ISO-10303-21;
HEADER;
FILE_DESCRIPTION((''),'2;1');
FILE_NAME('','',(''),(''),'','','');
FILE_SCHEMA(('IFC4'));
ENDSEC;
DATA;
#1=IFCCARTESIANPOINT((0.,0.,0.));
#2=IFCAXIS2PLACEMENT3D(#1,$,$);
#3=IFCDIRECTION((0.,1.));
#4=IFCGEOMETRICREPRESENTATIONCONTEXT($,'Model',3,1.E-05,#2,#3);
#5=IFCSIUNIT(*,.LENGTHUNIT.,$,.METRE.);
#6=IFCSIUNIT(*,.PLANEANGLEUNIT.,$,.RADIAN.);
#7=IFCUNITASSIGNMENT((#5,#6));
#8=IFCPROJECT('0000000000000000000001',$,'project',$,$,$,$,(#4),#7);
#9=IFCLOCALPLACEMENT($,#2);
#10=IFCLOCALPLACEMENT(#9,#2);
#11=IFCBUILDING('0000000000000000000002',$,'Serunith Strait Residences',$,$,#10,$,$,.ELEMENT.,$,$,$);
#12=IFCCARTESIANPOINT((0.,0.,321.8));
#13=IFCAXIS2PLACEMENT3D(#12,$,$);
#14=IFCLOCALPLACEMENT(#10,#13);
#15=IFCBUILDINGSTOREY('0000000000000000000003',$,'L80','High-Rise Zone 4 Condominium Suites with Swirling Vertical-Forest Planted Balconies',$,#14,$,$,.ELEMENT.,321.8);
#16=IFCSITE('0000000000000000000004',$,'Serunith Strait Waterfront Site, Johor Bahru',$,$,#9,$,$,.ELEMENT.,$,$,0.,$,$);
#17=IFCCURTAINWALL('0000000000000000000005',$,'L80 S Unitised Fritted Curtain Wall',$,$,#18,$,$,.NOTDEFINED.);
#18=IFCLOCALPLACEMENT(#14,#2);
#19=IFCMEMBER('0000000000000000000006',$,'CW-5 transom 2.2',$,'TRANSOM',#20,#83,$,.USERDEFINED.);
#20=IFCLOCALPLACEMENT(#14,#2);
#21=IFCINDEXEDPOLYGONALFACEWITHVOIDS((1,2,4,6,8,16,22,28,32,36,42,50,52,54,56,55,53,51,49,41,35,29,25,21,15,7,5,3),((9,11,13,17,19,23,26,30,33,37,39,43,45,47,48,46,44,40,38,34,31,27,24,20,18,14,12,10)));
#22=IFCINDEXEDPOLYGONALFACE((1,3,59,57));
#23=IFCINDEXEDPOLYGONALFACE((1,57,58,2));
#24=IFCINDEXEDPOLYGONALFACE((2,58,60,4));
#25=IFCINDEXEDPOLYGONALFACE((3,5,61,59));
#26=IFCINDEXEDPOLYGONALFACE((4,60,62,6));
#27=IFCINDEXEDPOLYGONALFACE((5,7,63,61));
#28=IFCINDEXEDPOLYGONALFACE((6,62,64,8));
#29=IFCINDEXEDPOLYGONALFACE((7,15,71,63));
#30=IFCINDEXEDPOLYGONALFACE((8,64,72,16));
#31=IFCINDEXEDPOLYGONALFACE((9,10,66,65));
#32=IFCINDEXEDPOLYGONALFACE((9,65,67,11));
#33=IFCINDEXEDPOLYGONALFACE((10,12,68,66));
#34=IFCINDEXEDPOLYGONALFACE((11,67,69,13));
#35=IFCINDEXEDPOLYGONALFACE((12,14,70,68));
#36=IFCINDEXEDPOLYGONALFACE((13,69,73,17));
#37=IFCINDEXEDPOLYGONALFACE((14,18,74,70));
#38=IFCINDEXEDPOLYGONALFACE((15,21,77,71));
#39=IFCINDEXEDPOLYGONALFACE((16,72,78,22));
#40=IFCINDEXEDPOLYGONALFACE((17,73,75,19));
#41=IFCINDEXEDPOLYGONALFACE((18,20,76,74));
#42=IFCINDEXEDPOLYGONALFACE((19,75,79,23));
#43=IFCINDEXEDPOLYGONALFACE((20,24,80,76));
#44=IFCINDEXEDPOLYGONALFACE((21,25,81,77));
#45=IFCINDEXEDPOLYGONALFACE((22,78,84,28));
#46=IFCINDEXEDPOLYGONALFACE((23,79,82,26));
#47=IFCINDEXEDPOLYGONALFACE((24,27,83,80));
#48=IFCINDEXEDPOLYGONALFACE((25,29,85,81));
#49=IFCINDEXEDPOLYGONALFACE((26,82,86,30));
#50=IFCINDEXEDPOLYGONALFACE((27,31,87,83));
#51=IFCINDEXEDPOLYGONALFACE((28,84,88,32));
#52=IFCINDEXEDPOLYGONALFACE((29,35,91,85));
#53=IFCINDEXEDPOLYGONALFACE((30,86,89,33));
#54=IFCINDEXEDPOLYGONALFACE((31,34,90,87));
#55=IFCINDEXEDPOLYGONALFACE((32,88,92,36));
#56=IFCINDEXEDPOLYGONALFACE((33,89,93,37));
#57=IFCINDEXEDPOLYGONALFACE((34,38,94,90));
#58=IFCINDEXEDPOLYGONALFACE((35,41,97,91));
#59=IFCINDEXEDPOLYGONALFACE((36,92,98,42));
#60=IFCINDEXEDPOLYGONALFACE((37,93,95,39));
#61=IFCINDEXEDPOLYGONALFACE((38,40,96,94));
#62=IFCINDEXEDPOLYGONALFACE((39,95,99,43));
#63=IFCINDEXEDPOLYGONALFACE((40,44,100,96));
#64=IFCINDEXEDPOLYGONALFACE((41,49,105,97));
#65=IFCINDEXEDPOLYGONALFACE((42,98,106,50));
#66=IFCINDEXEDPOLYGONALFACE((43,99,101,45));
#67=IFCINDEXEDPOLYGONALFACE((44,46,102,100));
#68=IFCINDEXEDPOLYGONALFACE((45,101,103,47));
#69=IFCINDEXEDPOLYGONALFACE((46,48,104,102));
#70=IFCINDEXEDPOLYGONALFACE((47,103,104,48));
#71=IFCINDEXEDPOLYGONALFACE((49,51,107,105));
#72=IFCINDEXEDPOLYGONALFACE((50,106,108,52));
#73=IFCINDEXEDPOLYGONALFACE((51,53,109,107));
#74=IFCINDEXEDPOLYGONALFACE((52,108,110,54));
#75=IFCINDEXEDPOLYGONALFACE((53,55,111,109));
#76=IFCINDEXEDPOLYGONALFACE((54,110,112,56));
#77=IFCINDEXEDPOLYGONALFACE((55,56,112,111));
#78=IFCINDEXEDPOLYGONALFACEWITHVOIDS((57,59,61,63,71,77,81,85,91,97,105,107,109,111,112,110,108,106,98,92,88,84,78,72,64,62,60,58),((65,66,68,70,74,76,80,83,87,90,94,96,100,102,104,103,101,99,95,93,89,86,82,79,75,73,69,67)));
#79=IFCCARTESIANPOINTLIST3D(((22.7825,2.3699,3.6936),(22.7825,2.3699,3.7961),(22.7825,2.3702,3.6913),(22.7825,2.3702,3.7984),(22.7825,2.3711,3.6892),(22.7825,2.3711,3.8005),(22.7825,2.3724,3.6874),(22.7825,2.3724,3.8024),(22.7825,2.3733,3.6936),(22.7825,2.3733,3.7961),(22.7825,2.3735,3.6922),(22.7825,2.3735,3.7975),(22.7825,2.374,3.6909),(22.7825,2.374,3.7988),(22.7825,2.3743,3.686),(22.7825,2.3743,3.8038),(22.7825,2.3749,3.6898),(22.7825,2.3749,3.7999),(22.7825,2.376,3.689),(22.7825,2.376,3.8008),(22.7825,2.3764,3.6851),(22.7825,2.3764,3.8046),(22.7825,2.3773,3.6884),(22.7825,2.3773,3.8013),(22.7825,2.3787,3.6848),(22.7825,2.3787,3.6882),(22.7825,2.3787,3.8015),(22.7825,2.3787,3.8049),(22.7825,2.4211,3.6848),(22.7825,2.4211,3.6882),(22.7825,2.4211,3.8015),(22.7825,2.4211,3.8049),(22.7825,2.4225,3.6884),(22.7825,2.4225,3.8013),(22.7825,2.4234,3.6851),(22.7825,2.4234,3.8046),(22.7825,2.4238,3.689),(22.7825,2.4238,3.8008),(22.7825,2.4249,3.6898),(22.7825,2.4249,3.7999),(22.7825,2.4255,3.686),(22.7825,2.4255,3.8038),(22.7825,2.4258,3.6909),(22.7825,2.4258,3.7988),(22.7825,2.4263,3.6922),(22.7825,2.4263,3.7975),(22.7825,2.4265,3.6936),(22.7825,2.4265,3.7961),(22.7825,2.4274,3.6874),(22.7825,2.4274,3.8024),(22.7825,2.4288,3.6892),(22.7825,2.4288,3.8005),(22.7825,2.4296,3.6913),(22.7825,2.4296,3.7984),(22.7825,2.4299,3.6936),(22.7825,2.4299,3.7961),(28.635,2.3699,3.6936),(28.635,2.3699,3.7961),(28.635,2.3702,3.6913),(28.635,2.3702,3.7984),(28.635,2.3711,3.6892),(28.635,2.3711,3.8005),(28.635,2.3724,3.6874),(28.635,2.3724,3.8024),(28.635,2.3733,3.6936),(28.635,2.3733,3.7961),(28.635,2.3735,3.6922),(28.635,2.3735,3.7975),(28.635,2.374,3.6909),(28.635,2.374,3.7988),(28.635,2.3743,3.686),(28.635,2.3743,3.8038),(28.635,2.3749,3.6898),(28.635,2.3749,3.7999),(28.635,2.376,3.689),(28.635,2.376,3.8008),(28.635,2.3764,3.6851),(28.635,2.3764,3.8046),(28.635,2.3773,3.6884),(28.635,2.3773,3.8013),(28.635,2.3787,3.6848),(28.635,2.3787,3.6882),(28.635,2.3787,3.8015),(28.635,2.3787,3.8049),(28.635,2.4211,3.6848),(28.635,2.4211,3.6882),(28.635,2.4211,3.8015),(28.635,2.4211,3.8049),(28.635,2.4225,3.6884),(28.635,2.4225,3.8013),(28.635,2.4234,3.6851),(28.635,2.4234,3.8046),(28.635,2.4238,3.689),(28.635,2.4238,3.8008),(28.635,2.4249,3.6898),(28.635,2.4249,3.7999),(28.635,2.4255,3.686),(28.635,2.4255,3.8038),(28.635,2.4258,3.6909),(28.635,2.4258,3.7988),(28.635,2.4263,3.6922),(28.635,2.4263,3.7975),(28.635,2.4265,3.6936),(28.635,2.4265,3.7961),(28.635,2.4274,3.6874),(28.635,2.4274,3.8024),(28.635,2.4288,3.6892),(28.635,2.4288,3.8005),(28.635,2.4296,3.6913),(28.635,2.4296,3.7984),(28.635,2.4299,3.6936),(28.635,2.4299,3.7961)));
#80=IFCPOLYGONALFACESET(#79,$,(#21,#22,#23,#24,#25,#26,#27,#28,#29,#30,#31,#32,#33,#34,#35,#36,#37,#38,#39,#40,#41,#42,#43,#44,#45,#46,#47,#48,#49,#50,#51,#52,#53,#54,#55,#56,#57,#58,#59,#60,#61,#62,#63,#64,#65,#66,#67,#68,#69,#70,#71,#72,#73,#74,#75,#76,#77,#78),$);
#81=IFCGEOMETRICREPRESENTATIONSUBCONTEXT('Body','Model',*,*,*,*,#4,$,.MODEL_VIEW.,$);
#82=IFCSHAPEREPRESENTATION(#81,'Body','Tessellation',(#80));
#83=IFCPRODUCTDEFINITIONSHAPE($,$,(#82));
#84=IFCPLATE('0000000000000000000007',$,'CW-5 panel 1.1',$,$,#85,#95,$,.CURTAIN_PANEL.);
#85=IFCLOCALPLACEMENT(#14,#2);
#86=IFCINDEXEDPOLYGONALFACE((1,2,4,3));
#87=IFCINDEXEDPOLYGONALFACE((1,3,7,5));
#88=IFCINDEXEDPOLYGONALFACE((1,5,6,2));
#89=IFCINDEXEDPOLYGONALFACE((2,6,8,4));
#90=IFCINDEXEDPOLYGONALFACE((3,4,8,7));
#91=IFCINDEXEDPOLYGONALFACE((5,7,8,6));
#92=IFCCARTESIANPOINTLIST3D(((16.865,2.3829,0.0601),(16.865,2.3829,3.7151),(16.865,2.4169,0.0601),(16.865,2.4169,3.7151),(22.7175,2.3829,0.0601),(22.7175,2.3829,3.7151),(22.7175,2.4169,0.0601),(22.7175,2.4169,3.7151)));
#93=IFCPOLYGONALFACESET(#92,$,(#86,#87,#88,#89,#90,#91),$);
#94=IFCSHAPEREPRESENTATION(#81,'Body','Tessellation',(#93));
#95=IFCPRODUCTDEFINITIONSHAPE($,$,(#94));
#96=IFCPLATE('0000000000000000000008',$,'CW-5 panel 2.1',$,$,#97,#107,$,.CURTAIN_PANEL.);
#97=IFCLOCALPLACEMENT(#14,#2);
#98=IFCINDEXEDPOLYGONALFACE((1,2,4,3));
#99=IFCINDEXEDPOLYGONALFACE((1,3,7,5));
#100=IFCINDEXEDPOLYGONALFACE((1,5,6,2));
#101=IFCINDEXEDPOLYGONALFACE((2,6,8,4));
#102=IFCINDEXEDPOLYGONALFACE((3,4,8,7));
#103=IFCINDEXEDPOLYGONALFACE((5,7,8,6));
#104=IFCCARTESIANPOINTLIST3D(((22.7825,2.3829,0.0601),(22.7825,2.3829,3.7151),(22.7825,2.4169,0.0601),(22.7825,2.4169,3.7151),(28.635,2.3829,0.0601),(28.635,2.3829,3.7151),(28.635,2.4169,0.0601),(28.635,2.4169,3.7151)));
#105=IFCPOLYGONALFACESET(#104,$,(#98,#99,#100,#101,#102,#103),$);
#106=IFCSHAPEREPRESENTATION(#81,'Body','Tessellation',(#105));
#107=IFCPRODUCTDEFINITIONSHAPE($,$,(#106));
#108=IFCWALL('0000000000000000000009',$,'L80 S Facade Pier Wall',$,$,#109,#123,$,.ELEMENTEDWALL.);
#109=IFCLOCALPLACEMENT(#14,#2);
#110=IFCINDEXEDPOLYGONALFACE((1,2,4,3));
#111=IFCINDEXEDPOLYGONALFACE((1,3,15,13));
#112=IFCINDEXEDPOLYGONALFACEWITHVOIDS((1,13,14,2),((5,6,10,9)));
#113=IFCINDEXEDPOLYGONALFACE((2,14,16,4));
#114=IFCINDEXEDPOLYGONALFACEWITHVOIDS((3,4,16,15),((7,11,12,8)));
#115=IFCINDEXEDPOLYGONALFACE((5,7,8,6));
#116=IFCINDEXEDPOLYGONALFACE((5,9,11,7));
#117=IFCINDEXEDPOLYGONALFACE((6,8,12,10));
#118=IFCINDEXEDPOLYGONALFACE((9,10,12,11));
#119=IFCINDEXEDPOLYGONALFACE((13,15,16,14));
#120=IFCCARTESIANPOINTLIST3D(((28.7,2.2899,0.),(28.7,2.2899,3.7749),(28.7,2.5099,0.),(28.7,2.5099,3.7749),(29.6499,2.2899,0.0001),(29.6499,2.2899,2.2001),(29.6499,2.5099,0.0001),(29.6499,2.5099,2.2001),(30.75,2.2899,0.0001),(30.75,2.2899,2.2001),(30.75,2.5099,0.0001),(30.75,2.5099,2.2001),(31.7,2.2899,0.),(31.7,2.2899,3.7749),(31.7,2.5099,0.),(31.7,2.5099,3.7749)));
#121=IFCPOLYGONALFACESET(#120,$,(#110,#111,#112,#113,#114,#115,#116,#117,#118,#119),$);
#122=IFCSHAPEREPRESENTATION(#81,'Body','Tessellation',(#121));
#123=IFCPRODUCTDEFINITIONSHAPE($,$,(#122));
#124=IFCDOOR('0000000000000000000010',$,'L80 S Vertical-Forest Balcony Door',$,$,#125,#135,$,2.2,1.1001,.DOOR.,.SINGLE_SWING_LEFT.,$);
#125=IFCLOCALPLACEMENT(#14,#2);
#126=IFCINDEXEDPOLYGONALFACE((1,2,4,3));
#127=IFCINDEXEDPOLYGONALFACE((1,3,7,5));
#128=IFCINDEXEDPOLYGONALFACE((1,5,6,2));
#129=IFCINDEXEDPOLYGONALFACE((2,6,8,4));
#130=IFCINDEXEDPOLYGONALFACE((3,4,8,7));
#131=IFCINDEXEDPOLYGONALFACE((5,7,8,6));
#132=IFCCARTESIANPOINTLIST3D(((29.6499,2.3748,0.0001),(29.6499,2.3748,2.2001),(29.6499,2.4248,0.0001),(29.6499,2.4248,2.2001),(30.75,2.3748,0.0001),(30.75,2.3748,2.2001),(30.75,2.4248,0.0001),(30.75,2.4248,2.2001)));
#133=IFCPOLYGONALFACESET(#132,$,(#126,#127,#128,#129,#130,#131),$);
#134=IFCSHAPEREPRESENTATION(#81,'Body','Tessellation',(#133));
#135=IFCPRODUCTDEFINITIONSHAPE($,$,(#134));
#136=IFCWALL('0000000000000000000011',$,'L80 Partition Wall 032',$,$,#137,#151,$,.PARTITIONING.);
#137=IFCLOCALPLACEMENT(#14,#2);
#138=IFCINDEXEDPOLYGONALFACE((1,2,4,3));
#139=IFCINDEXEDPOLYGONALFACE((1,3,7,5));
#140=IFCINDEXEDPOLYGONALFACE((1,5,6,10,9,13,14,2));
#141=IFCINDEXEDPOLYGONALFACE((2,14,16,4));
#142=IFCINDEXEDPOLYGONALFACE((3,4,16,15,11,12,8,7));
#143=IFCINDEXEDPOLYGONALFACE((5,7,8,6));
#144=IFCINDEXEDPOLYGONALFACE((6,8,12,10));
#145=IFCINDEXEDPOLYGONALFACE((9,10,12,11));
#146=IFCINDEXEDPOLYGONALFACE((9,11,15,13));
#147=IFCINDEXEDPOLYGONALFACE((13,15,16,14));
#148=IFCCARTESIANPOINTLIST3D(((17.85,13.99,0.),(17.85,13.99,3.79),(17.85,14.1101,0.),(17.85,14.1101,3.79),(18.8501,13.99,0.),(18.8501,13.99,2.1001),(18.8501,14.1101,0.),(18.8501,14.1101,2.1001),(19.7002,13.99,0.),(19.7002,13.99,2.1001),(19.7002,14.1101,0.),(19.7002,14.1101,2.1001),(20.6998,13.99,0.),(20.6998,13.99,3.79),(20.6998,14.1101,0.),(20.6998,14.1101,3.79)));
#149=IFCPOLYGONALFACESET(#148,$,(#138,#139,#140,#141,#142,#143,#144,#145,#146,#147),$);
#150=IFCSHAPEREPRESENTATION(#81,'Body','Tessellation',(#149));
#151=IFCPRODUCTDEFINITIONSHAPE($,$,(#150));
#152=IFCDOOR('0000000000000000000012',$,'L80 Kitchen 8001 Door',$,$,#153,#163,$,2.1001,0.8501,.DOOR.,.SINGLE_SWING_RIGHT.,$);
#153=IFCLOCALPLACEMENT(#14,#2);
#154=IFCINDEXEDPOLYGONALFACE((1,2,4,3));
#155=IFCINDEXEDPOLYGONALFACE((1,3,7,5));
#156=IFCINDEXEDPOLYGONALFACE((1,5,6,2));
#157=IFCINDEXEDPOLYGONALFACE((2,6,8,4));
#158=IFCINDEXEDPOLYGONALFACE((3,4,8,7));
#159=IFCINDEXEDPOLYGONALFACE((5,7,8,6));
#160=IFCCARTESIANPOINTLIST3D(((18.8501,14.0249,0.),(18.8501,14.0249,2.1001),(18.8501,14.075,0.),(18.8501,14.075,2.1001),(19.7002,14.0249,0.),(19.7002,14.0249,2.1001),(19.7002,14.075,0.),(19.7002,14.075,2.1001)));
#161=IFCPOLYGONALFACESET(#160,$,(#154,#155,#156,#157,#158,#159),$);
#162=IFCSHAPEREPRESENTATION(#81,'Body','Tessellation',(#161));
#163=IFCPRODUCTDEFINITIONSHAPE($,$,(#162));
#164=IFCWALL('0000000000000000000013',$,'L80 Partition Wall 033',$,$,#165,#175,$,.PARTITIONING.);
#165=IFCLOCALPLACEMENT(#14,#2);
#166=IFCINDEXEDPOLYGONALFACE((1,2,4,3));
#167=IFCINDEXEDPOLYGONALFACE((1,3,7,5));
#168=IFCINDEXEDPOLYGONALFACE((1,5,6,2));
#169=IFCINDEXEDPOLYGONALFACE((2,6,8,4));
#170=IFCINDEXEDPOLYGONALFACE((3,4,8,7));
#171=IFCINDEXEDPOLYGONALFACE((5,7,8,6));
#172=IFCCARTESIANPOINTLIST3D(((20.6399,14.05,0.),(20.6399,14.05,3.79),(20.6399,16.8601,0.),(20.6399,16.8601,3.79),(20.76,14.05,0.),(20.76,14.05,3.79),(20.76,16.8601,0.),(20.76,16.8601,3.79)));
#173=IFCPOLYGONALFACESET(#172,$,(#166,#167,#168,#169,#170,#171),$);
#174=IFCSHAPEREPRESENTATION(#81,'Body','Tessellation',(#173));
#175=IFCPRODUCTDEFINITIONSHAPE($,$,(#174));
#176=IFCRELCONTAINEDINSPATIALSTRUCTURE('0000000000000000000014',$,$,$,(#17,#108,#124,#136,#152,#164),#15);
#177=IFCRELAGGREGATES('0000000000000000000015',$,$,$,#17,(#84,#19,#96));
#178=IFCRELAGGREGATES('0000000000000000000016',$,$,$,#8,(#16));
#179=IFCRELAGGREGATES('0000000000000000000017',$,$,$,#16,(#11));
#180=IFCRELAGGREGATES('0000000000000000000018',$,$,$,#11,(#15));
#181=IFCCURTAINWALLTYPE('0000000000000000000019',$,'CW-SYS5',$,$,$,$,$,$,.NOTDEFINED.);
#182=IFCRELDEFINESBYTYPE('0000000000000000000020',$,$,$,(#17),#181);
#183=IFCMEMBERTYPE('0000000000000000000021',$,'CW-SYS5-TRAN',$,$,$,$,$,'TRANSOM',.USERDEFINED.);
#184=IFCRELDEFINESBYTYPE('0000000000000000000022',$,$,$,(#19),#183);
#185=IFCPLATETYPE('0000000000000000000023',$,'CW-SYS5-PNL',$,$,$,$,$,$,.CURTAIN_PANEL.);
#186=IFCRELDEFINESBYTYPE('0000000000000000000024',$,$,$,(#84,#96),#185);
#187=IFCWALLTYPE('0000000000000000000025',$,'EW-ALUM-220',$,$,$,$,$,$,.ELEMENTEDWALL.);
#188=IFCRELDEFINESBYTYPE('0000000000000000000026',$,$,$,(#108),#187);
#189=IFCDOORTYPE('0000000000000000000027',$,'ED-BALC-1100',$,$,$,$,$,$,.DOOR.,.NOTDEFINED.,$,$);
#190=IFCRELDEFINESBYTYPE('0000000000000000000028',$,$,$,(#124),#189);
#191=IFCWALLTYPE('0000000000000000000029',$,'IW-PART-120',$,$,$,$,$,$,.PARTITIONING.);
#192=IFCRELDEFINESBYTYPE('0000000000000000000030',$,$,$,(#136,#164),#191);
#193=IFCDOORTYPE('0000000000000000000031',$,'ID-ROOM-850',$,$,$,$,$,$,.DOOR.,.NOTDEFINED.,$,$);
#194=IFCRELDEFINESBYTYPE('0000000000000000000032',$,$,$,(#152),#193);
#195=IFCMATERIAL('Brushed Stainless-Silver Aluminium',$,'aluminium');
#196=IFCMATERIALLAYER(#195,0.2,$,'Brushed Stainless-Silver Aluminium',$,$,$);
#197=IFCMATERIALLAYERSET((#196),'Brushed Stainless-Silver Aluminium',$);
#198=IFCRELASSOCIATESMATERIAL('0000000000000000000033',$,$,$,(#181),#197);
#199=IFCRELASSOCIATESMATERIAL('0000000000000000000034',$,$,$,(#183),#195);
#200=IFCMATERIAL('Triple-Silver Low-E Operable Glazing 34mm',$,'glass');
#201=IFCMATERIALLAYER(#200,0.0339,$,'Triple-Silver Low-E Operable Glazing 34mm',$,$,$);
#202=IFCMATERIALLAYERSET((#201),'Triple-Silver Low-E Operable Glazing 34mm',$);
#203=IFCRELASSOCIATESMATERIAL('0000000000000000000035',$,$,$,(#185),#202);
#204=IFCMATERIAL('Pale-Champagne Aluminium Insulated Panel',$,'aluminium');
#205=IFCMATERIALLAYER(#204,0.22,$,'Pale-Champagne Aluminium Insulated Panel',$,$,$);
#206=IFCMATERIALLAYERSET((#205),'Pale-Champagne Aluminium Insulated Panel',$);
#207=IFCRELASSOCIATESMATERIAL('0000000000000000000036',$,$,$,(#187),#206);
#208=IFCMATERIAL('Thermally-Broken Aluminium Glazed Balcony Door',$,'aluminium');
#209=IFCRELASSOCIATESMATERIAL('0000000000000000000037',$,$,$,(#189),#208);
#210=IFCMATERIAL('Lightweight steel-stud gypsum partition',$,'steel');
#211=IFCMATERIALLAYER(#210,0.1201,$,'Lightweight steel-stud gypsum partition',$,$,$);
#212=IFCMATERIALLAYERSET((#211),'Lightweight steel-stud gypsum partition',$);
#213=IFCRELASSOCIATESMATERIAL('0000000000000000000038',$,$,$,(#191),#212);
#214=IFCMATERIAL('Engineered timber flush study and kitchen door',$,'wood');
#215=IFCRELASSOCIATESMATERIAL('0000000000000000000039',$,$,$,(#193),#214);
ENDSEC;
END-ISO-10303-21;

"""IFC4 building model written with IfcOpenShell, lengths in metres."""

from ifc_helpers import new_model, si_unit, direction, frame, frame_2d, origin, origin_2d, place, context, subcontext, project, spatial, rectangle, hollow_rectangle, extrude, source, transform, mapped, material, layer, layer_set, material_profile, profile_set, type_object, element, fill, aggregate, save


model = new_model("IFC4")

# Units and contexts
model_context = context("Model", 3, precision=1e-05, world=origin(), true_north=direction((0.0, 1.0)))
body_context = subcontext(model_context, "Body", "Model", "MODEL_VIEW")
ifc_project = project(units=[si_unit("LENGTHUNIT", "METRE"), si_unit("PLANEANGLEUNIT", "RADIAN")], contexts=[model_context])

# Site, building, storey
site_placement = place(None, origin())
site = spatial("IfcSite", under=ifc_project, at=site_placement, Name="Serunith Strait Waterfront Site, Johor Bahru", CompositionType="ELEMENT", RefElevation=0.0)
building_placement = place(site_placement, origin())
building = spatial("IfcBuilding", under=site, at=building_placement, Name="Serunith Strait Residences", CompositionType="ELEMENT")
storey_placement = place(building_placement, frame((0.0, 0.0, 321.8)))
storey = spatial("IfcBuildingStorey", under=building, at=storey_placement, Name="L80", Description="High-Rise Zone 4 Condominium Suites with Swirling Vertical-Forest Planted Balconies", CompositionType="ELEMENT", Elevation=321.8)

# Curtain wall, member, plates
ifc_material_1 = material(Name="Brushed Stainless-Silver Aluminium", Category="aluminium")
ifc_layer_1 = layer(ifc_material_1, 0.2, Name="Brushed Stainless-Silver Aluminium")
ifc_layer_set_1 = layer_set([ifc_layer_1], Name="Brushed Stainless-Silver Aluminium")
curtain_wall_type = type_object("IfcCurtainWallType", Name="CW-SYS5", PredefinedType="NOTDEFINED", material=ifc_layer_set_1)
curtain_wall_placement = place(storey_placement, origin())
curtain_wall = element("IfcCurtainWall", 1, at=curtain_wall_placement, inside=storey, type_object=curtain_wall_type, Name="L80 S Unitised Fritted Curtain Wall", PredefinedType="NOTDEFINED")
ifc_material_profile_1 = material_profile(ifc_material_1, hollow_rectangle(XDim=0.0601, YDim=0.1201, WallThickness=0.0034, InnerFilletRadius=0.0054, OuterFilletRadius=0.0088, at=origin_2d()), Name="ALU 120x60x3.5")
ifc_profile_set_1 = profile_set([ifc_material_profile_1], Name="Brushed Stainless-Silver Aluminium")
member_type_1 = type_object("IfcMemberType", Name="CW-SYS5-TRAN", ElementType="TRANSOM", PredefinedType="USERDEFINED", material=ifc_profile_set_1)
shared_shape_1 = source(origin(), body_context, "Body", "SweptSolid", [
    extrude(hollow_rectangle(XDim=0.0601, YDim=0.1201, WallThickness=0.0034, InnerFilletRadius=0.0054, OuterFilletRadius=0.0088, at=origin_2d()), origin(), (0.0, 0.0, 1.0), 5.8525),
])
member_1_placement = place(storey_placement, frame((22.7825, 2.3999, 3.7449), z_axis=(1.0, 0.0, 0.0), x_axis=(0.0, 1.0, 0.0)))
member_1 = element("IfcMember", 2, at=member_1_placement, type_object=member_type_1, Name="CW-5 transom 2.2", ObjectType="TRANSOM", PredefinedType="USERDEFINED", context=body_context, shape_type="MappedRepresentation", body=[
    mapped(shared_shape_1, transform((0.0, 0.0, 0.0), scale=1.0)),
])
ifc_material_2 = material(Name="Triple-Silver Low-E Operable Glazing 34mm", Category="glass")
ifc_layer_2 = layer(ifc_material_2, 0.0339, Name="Triple-Silver Low-E Operable Glazing 34mm")
ifc_layer_set_2 = layer_set([ifc_layer_2], Name="Triple-Silver Low-E Operable Glazing 34mm")
plate_type = type_object("IfcPlateType", Name="CW-SYS5-PNL", PredefinedType="CURTAIN_PANEL", material=ifc_layer_set_2)
shared_shape_2 = source(origin(), body_context, "Body", "SweptSolid", [
    extrude(rectangle(XDim=5.8525, YDim=0.0339, at=origin_2d()), origin(), (0.0, 0.0, 1.0), 3.655),
])
plate_1_placement = place(storey_placement, frame((19.7913, 2.3999, 0.0601), z_axis=(0.0, 0.0, 1.0), x_axis=(1.0, 0.0, 0.0)))
plate_1 = element("IfcPlate", 3, at=plate_1_placement, type_object=plate_type, Name="CW-5 panel 1.1", PredefinedType="CURTAIN_PANEL", context=body_context, shape_type="MappedRepresentation", body=[
    mapped(shared_shape_2, transform((0.0, 0.0, 0.0), scale=1.0)),
])
plate_2_placement = place(storey_placement, frame((25.7087, 2.3999, 0.0601), z_axis=(0.0, 0.0, 1.0), x_axis=(1.0, 0.0, 0.0)))
plate_2 = element("IfcPlate", 4, at=plate_2_placement, type_object=plate_type, Name="CW-5 panel 2.1", PredefinedType="CURTAIN_PANEL", context=body_context, shape_type="MappedRepresentation", body=[
    mapped(shared_shape_2, transform((0.0, 0.0, 0.0), scale=1.0)),
])
aggregate(curtain_wall, [plate_1, member_1, plate_2])

# Walls, openings, doors
ifc_material_3 = material(Name="Pale-Champagne Aluminium Insulated Panel", Category="aluminium")
ifc_layer_3 = layer(ifc_material_3, 0.22, Name="Pale-Champagne Aluminium Insulated Panel")
ifc_layer_set_3 = layer_set([ifc_layer_3], Name="Pale-Champagne Aluminium Insulated Panel")
wall_type_1 = type_object("IfcWallType", Name="EW-ALUM-220", PredefinedType="ELEMENTEDWALL", material=ifc_layer_set_3)
wall_1_placement = place(storey_placement, frame((28.7, 2.3999, 0.0), z_axis=(0.0, 0.0, 1.0), x_axis=(1.0, 0.0, 0.0)))
wall_1 = element("IfcWall", 5, at=wall_1_placement, inside=storey, type_object=wall_type_1, Name="L80 S Facade Pier Wall", PredefinedType="ELEMENTEDWALL", context=body_context, shape_type="SweptSolid", body=[
    extrude(rectangle(XDim=3.0, YDim=0.22, at=frame_2d((1.5, 0.0))), origin(), (0.0, 0.0, 1.0), 3.7749),
])
opening_1_placement = place(wall_1_placement, frame((0.95, 0.0, 0.0)))
opening_1 = element("IfcOpeningElement", 6, at=opening_1_placement, cuts=wall_1, PredefinedType="OPENING", context=body_context, shape_type="SweptSolid", body=[
    extrude(rectangle(XDim=1.1001, YDim=2.2, at=frame_2d((0.55, 1.1001))), frame((0.0, 0.1201, 0.0), z_axis=(0.0, -1.0, 0.0), x_axis=(1.0, 0.0, 0.0)), (0.0, 0.0, 1.0), 0.24),
])
ifc_material_4 = material(Name="Thermally-Broken Aluminium Glazed Balcony Door", Category="aluminium")
door_type_1 = type_object("IfcDoorType", Name="ED-BALC-1100", OperationType="NOTDEFINED", PredefinedType="DOOR", material=ifc_material_4)
shared_shape_3 = source(origin(), body_context, "Body", "SweptSolid", [
    extrude(rectangle(XDim=1.1001, YDim=2.2, at=frame_2d((0.55, 1.1001))), frame((0.0, 0.0249, 0.0), z_axis=(0.0, -1.0, 0.0), x_axis=(1.0, 0.0, 0.0)), (0.0, 0.0, 1.0), 0.05),
])
door_1_placement = place(opening_1_placement, origin())
door_1 = element("IfcDoor", 7, at=door_1_placement, inside=storey, type_object=door_type_1, Name="L80 S Vertical-Forest Balcony Door", OperationType="SINGLE_SWING_LEFT", OverallHeight=2.2, OverallWidth=1.1001, PredefinedType="DOOR", context=body_context, shape_type="MappedRepresentation", body=[
    mapped(shared_shape_3, transform((0.0, 0.0, 0.0), scale=1.0)),
])
fill(opening_1, door_1)
ifc_material_5 = material(Name="Lightweight steel-stud gypsum partition", Category="steel")
ifc_layer_4 = layer(ifc_material_5, 0.1201, Name="Lightweight steel-stud gypsum partition")
ifc_layer_set_4 = layer_set([ifc_layer_4], Name="Lightweight steel-stud gypsum partition")
wall_type_2 = type_object("IfcWallType", Name="IW-PART-120", PredefinedType="PARTITIONING", material=ifc_layer_set_4)
wall_2_placement = place(storey_placement, frame((17.8501, 14.05, 0.0), z_axis=(0.0, 0.0, 1.0), x_axis=(1.0, 0.0, 0.0)))
wall_2 = element("IfcWall", 8, at=wall_2_placement, inside=storey, type_object=wall_type_2, Name="L80 Partition Wall 032", PredefinedType="PARTITIONING", context=body_context, shape_type="SweptSolid", body=[
    extrude(rectangle(XDim=2.8499, YDim=0.1201, at=frame_2d((1.4248, 0.0))), origin(), (0.0, 0.0, 1.0), 3.79),
])
opening_2_placement = place(wall_2_placement, frame((1.0, 0.0, 0.0)))
opening_2 = element("IfcOpeningElement", 9, at=opening_2_placement, cuts=wall_2, PredefinedType="OPENING", context=body_context, shape_type="SweptSolid", body=[
    extrude(rectangle(XDim=0.8501, YDim=2.1001, at=frame_2d((0.425, 1.05))), frame((0.0, 0.0701, 0.0), z_axis=(0.0, -1.0, 0.0), x_axis=(1.0, 0.0, 0.0)), (0.0, 0.0, 1.0), 0.1401),
])
ifc_material_6 = material(Name="Engineered timber flush study and kitchen door", Category="wood")
door_type_2 = type_object("IfcDoorType", Name="ID-ROOM-850", OperationType="NOTDEFINED", PredefinedType="DOOR", material=ifc_material_6)
shared_shape_4 = source(origin(), body_context, "Body", "SweptSolid", [
    extrude(rectangle(XDim=0.8501, YDim=2.1001, at=frame_2d((0.425, 1.05))), frame((0.0, 0.0249, 0.0), z_axis=(0.0, -1.0, 0.0), x_axis=(1.0, 0.0, 0.0)), (0.0, 0.0, 1.0), 0.05),
])
door_2_placement = place(opening_2_placement, origin())
door_2 = element("IfcDoor", 10, at=door_2_placement, inside=storey, type_object=door_type_2, Name="L80 Kitchen 8001 Door", OperationType="SINGLE_SWING_RIGHT", OverallHeight=2.1001, OverallWidth=0.8501, PredefinedType="DOOR", context=body_context, shape_type="MappedRepresentation", body=[
    mapped(shared_shape_4, transform((0.0, 0.0, 0.0), scale=1.0)),
])
fill(opening_2, door_2)

# Wall
wall_3_placement = place(storey_placement, frame((20.7, 14.05, 0.0), z_axis=(0.0, 0.0, 1.0), x_axis=(0.0, 1.0, 0.0)))
element("IfcWall", 11, at=wall_3_placement, inside=storey, type_object=wall_type_2, Name="L80 Partition Wall 033", PredefinedType="PARTITIONING", context=body_context, shape_type="SweptSolid", body=[
    extrude(rectangle(XDim=2.8101, YDim=0.1201, at=frame_2d((1.405, 0.0))), origin(), (0.0, 0.0, 1.0), 3.79),
])

save(model, "model.ifc")
